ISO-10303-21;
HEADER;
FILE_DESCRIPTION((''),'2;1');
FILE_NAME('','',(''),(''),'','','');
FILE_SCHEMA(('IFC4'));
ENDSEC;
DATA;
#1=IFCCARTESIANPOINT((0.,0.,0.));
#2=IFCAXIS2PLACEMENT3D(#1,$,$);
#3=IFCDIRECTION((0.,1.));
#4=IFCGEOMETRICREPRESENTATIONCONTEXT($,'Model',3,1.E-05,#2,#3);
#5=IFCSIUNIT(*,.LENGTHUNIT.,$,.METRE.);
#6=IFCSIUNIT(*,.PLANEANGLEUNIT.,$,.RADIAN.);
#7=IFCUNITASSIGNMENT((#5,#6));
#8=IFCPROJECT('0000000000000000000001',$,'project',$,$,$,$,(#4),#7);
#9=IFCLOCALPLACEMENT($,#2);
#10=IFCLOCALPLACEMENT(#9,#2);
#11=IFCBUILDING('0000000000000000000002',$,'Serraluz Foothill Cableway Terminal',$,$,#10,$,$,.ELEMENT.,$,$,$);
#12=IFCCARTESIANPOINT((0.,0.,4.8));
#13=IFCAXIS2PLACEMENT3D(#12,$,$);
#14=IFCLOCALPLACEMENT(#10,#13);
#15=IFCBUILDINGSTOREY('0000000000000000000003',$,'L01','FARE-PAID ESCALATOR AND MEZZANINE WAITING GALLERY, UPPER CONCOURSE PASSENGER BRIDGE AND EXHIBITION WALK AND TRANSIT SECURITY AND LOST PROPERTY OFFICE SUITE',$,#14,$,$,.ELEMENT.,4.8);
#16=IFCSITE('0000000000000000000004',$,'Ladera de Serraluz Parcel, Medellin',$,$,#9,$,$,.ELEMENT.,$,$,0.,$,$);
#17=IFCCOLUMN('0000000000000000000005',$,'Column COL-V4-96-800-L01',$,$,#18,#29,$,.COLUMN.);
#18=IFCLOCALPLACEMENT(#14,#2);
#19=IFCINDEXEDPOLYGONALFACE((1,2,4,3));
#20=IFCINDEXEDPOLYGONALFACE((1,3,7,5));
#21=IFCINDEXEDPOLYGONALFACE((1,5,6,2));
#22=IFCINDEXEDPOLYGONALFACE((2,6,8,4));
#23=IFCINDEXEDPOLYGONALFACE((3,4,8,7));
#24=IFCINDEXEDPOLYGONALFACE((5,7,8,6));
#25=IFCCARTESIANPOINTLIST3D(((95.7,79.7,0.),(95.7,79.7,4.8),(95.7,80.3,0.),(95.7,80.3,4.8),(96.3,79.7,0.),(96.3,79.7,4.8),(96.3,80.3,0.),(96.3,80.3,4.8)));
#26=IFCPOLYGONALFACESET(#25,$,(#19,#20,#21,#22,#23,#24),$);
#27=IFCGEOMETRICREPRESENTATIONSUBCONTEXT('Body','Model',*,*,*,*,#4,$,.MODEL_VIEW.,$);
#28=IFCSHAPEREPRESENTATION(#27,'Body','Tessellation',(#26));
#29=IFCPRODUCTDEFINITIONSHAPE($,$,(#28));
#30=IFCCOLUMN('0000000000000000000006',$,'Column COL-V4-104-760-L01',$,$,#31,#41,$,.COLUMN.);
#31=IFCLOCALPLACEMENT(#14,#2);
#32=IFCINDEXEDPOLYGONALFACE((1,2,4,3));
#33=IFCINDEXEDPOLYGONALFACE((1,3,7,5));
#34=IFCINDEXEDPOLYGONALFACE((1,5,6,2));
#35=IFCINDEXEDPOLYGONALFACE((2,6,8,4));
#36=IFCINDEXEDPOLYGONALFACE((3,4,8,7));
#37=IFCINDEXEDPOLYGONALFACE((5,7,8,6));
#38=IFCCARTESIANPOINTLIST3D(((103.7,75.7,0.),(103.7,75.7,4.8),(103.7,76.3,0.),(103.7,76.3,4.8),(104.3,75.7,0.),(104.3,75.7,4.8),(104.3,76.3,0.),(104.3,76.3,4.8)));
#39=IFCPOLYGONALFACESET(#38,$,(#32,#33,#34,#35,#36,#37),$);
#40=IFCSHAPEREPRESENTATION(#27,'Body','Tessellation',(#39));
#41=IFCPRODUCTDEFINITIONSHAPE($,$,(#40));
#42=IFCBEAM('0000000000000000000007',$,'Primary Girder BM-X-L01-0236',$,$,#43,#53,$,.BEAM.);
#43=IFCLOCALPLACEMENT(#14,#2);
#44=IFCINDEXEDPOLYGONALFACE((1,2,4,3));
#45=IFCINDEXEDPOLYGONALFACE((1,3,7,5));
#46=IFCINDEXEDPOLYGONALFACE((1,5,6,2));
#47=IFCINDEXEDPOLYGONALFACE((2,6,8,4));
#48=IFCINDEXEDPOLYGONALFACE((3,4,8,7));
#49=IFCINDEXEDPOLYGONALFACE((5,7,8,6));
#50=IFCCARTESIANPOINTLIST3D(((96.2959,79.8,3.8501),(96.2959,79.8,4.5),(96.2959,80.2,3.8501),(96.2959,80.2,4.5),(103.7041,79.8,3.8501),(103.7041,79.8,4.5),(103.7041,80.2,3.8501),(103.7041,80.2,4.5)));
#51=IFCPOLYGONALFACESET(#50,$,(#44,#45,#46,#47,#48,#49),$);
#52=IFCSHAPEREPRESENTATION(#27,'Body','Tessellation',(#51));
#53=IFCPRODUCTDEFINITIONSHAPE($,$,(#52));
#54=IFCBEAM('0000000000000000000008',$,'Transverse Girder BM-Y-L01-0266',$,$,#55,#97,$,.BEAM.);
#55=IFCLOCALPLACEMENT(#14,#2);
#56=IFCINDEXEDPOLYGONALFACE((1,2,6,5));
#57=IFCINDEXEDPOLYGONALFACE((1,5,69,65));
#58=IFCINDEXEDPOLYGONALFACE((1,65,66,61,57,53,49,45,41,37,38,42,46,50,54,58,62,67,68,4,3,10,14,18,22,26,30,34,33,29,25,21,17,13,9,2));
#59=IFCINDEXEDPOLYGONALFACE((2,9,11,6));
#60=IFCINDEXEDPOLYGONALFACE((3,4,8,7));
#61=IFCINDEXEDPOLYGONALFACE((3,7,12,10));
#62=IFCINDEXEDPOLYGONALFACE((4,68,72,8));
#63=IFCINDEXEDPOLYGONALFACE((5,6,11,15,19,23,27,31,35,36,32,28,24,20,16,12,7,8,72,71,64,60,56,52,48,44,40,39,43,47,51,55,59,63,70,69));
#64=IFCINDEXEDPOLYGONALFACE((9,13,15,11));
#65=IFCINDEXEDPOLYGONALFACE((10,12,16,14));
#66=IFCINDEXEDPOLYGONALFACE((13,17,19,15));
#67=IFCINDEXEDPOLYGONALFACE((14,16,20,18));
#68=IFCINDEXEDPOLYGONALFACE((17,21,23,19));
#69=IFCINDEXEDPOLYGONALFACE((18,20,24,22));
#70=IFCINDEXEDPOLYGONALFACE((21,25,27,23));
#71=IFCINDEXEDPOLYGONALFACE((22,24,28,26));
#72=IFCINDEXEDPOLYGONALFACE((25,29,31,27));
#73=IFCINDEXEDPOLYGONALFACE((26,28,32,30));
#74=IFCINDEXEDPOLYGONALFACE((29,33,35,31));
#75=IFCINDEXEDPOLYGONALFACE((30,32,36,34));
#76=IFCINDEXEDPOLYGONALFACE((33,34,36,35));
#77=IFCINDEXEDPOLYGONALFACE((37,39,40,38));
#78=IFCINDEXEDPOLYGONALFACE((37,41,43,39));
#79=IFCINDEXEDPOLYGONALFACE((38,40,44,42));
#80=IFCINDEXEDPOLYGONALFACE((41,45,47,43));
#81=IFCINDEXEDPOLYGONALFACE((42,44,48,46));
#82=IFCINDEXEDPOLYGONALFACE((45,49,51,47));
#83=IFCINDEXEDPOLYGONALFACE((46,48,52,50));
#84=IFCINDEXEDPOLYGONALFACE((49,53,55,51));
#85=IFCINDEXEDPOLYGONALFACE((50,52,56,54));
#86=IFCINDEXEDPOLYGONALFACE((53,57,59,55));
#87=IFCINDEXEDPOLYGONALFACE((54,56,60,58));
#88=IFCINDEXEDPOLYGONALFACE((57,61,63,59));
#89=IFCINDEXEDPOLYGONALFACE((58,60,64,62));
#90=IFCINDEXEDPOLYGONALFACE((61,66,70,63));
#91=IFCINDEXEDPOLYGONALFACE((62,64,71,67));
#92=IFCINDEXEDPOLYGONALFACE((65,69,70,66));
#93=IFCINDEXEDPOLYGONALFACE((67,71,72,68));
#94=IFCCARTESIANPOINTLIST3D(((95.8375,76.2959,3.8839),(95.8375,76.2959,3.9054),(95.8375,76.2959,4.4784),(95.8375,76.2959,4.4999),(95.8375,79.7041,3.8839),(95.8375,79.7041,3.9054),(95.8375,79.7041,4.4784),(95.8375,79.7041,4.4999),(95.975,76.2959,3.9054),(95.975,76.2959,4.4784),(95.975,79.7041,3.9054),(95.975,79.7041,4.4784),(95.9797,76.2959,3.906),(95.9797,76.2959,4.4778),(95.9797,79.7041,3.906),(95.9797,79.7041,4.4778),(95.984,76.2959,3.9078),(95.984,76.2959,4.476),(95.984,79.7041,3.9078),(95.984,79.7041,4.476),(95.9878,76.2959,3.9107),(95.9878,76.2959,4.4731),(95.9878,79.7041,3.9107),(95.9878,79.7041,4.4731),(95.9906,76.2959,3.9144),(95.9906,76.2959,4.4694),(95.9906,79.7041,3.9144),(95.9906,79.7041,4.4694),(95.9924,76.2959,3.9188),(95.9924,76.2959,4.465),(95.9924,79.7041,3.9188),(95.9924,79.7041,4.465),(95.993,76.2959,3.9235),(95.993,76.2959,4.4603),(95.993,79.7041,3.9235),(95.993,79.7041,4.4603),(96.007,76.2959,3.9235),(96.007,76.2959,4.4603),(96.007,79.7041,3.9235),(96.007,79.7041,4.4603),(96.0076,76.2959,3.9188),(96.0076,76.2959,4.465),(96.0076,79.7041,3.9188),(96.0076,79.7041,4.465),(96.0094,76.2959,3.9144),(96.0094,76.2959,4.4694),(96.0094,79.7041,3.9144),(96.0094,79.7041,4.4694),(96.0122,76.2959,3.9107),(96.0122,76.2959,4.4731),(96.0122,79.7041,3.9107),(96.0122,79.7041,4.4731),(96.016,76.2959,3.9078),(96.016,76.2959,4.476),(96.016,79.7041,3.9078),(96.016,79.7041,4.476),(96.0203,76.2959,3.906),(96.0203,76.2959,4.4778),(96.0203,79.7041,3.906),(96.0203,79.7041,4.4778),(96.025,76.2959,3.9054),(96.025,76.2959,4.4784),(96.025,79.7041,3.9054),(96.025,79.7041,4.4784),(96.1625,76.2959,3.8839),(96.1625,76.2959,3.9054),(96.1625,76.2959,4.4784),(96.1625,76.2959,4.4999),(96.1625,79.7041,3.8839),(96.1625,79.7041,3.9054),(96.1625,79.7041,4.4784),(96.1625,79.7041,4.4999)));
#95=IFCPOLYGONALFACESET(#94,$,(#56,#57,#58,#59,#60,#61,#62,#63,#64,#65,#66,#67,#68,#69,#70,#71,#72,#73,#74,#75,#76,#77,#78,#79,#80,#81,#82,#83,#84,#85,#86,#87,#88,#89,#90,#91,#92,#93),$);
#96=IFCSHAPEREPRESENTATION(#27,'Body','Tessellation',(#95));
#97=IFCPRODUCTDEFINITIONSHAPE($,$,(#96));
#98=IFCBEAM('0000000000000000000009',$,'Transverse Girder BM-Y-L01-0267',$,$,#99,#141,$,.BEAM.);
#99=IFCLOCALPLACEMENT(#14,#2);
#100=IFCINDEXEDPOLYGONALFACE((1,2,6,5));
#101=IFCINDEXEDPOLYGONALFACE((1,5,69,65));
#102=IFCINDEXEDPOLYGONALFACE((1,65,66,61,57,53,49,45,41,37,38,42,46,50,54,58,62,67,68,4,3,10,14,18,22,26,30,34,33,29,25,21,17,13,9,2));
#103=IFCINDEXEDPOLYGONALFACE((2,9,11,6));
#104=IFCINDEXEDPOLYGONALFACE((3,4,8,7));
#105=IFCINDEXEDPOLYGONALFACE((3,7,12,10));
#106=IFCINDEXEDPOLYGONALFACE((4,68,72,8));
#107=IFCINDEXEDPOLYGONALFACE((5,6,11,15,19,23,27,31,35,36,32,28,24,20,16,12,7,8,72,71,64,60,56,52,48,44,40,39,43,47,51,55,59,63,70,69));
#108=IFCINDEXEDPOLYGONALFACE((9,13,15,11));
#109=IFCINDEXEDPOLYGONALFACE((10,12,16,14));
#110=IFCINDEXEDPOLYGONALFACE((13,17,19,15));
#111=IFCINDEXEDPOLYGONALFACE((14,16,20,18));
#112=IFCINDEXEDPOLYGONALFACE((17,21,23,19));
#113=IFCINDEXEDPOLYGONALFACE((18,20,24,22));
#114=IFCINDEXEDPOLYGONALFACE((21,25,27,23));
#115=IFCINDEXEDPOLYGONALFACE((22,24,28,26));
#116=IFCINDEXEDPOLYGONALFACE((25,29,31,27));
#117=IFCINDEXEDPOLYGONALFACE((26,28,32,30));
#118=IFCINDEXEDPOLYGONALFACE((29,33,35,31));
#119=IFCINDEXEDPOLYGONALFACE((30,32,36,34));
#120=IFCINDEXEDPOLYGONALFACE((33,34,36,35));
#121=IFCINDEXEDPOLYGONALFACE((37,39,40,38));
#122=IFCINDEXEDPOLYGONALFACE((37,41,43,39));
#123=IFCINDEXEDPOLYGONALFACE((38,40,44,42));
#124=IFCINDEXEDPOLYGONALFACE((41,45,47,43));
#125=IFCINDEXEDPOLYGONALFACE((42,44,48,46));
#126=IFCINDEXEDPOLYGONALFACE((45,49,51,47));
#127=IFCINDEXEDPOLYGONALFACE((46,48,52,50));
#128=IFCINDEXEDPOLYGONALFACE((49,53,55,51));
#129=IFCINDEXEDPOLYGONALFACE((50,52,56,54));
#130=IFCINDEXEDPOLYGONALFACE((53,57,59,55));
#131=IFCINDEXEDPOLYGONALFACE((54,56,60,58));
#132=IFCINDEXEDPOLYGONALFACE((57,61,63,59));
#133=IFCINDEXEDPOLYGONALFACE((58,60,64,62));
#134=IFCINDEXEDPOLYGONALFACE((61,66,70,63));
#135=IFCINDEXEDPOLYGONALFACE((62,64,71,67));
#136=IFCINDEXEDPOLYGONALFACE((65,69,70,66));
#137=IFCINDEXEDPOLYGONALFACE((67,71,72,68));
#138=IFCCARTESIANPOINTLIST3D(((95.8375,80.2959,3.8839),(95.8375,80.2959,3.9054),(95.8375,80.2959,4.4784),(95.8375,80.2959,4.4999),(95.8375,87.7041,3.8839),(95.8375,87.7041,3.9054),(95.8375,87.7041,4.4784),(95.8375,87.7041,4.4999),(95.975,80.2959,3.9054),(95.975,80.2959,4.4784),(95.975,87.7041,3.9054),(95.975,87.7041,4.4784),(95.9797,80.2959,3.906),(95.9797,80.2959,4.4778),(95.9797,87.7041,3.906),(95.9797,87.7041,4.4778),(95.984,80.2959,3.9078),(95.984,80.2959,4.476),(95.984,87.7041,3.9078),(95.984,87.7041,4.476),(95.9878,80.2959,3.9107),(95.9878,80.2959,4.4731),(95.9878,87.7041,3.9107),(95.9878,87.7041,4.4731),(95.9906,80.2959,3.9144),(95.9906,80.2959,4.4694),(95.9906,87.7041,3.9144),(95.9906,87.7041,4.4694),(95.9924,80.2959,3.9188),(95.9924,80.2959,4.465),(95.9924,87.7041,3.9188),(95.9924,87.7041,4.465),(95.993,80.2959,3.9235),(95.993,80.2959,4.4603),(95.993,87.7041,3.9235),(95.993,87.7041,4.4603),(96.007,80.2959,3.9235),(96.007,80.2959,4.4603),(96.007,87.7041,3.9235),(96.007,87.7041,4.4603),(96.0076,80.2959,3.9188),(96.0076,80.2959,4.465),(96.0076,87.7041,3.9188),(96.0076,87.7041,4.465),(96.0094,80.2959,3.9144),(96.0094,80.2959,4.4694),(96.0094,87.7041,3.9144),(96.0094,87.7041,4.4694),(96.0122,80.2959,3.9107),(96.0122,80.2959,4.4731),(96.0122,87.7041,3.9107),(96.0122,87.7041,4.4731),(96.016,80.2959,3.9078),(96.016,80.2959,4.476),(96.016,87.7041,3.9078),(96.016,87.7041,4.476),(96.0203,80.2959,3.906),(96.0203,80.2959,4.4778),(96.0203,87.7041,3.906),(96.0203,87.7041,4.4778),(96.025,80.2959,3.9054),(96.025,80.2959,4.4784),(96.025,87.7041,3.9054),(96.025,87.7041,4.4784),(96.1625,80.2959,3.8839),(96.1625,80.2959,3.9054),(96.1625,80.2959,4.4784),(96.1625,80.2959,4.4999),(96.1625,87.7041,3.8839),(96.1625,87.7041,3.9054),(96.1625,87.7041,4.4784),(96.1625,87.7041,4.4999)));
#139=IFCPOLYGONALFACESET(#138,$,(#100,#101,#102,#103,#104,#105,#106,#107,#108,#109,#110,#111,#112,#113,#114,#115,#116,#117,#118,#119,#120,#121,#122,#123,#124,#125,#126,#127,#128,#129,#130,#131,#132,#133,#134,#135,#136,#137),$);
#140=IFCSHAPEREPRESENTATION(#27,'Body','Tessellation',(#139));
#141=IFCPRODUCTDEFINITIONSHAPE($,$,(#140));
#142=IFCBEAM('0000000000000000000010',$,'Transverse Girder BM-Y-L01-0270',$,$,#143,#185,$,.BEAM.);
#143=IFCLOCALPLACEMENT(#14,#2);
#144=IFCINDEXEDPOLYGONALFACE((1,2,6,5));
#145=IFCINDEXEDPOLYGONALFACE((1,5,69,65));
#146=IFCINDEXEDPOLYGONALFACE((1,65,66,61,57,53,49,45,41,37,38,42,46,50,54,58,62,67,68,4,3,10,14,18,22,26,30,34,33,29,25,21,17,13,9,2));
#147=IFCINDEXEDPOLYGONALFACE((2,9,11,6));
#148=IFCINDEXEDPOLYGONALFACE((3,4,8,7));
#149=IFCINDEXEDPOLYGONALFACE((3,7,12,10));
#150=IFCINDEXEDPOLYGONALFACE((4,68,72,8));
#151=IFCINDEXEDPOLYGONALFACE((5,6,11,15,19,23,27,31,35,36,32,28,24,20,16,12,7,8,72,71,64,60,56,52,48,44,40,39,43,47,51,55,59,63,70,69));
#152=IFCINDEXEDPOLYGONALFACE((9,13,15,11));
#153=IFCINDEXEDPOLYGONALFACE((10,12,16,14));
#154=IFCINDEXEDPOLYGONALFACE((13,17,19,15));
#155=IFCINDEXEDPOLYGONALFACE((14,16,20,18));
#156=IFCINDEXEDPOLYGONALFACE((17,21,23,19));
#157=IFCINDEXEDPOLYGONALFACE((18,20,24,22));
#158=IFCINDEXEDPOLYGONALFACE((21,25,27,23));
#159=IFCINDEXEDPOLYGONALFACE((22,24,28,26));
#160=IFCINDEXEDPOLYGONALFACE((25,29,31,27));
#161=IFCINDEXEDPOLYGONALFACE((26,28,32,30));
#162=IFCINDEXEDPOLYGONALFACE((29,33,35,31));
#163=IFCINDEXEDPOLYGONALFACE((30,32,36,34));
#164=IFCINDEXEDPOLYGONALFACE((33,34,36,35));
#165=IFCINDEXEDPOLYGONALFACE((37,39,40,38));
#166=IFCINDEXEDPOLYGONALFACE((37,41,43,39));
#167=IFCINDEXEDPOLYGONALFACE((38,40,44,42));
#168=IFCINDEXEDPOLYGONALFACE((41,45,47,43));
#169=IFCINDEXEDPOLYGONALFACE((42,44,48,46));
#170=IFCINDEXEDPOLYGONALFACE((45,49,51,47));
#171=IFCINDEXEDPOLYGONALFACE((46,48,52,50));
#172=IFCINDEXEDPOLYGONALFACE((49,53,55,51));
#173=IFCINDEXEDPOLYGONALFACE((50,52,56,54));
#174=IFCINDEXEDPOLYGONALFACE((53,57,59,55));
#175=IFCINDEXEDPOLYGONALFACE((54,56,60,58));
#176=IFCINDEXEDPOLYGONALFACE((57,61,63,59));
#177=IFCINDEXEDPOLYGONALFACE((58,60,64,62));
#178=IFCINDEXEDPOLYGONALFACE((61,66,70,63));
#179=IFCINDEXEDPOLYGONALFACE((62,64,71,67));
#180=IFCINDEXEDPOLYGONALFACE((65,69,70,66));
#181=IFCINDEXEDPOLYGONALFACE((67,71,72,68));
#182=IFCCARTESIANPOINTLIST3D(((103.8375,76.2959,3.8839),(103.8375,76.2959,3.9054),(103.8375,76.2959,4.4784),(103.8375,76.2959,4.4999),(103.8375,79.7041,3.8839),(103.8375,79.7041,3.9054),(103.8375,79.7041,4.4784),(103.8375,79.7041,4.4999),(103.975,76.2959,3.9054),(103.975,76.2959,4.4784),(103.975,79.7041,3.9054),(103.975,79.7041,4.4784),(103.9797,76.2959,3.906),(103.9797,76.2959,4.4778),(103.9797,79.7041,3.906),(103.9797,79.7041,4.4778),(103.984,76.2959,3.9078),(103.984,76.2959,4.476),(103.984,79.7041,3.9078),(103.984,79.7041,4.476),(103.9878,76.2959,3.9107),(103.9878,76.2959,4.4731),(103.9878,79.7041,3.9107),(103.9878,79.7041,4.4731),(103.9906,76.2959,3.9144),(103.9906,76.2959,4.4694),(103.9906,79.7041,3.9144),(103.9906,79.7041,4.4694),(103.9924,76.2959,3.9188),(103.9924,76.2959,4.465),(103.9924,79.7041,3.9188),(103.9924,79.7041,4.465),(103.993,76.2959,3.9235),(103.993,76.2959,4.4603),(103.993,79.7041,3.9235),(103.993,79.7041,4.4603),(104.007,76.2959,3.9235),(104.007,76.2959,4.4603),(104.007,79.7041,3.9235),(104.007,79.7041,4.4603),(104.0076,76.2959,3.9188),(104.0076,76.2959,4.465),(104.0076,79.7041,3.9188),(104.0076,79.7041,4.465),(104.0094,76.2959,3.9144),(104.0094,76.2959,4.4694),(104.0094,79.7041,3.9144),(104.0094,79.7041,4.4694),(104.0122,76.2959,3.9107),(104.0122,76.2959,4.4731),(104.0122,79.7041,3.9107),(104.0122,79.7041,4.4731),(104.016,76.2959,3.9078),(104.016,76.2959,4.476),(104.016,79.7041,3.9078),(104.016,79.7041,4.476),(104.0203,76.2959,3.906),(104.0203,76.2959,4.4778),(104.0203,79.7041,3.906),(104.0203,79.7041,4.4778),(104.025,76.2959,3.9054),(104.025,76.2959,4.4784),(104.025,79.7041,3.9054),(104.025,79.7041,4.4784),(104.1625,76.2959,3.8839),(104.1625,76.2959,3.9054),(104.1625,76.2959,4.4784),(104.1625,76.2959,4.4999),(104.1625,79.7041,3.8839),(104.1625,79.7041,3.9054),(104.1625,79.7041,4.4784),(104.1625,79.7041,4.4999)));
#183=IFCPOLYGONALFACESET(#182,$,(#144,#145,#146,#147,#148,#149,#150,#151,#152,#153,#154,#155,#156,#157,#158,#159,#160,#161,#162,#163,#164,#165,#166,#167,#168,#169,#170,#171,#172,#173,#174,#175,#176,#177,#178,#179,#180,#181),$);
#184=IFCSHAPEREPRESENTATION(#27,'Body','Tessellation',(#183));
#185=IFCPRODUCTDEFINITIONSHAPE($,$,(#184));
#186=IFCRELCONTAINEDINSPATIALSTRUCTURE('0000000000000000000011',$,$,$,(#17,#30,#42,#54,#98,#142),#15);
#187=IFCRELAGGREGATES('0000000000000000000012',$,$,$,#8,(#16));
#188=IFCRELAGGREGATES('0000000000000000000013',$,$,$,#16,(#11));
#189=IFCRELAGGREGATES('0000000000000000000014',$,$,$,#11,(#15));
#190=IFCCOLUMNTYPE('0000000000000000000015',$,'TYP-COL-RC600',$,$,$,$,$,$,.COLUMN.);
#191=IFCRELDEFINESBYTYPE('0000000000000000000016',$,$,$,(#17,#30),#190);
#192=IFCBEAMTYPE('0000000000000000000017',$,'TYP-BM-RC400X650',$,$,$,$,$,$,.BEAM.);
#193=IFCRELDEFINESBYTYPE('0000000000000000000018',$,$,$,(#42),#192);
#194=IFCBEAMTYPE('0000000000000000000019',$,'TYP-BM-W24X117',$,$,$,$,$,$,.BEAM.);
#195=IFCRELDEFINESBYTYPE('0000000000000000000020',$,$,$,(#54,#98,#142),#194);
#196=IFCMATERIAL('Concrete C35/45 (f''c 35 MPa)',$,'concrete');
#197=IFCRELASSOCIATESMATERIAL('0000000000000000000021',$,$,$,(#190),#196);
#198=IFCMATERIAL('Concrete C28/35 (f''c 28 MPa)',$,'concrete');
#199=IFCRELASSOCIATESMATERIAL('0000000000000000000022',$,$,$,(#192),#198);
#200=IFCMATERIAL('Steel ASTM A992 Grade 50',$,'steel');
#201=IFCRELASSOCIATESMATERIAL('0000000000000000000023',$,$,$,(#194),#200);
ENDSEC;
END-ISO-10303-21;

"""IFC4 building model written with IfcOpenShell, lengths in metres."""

from ifc_helpers import new_model, si_unit, direction, frame, origin, origin_2d, place, context, subcontext, project, spatial, rectangle, i_section, extrude, material, material_profile, profile_set, type_object, element, save


model = new_model("IFC4")

# Units and contexts
model_context = context("Model", 3, precision=1e-05, world=origin(), true_north=direction((0.0, 1.0)))
body_context = subcontext(model_context, "Body", "Model", "MODEL_VIEW")
ifc_project = project(units=[si_unit("LENGTHUNIT", "METRE"), si_unit("PLANEANGLEUNIT", "RADIAN")], contexts=[model_context])

# Site, building, storey
site_placement = place(None, origin())
site = spatial("IfcSite", under=ifc_project, at=site_placement, Name="Ladera de Serraluz Parcel, Medellin", CompositionType="ELEMENT", RefElevation=0.0)
building_placement = place(site_placement, origin())
building = spatial("IfcBuilding", under=site, at=building_placement, Name="Serraluz Foothill Cableway Terminal", CompositionType="ELEMENT")
storey_placement = place(building_placement, frame((0.0, 0.0, 4.8)))
storey = spatial("IfcBuildingStorey", under=building, at=storey_placement, Name="L01", Description="FARE-PAID ESCALATOR AND MEZZANINE WAITING GALLERY, UPPER CONCOURSE PASSENGER BRIDGE AND EXHIBITION WALK AND TRANSIT SECURITY AND LOST PROPERTY OFFICE SUITE", CompositionType="ELEMENT", Elevation=4.8)

# Columns
ifc_material_1 = material(Name="Concrete C35/45 (f'c 35 MPa)", Category="concrete")
ifc_material_profile_1 = material_profile(ifc_material_1, rectangle(XDim=0.6001, YDim=0.6001, at=origin_2d()), Name="RC 600x600")
ifc_profile_set_1 = profile_set([ifc_material_profile_1], Name="Concrete C35/45 (f'c 35 MPa)")
column_type = type_object("IfcColumnType", Name="TYP-COL-RC600", PredefinedType="COLUMN", material=ifc_profile_set_1)
for number, where, z_axis, x_axis, name in (
    (1, (96.0, 80.0, 0.0), (0.0, 0.0, 1.0), (1.0, 0.0, 0.0), "Column COL-V4-96-800-L01"),
    (2, (104.0, 76.0, 0.0), (0.0, 0.0, 1.0), (1.0, 0.0, 0.0), "Column COL-V4-104-760-L01"),
):
    element("IfcColumn", number, at=place(storey_placement, frame(where, z_axis=z_axis, x_axis=x_axis)), inside=storey, type_object=column_type, Name=name, PredefinedType="COLUMN", context=body_context, shape_type="SweptSolid", body=[
        extrude(rectangle(XDim=0.6001, YDim=0.6001, at=origin_2d()), origin(), (0.0, 0.0, 1.0), 4.8),
    ])

# Beams
ifc_material_2 = material(Name="Concrete C28/35 (f'c 28 MPa)", Category="concrete")
ifc_material_profile_2 = material_profile(ifc_material_2, rectangle(XDim=0.3999, YDim=0.6499, at=origin_2d()), Name="RC 400x650")
ifc_profile_set_2 = profile_set([ifc_material_profile_2], Name="Concrete C28/35 (f'c 28 MPa)")
beam_type_1 = type_object("IfcBeamType", Name="TYP-BM-RC400X650", PredefinedType="BEAM", material=ifc_profile_set_2)
beam_1_placement = place(storey_placement, frame((96.2959, 80.0, 4.175), z_axis=(1.0, 0.0, 0.0), x_axis=(0.0, 1.0, 0.0)))
element("IfcBeam", 3, at=beam_1_placement, inside=storey, type_object=beam_type_1, Name="Primary Girder BM-X-L01-0236", PredefinedType="BEAM", context=body_context, shape_type="SweptSolid", body=[
    extrude(rectangle(XDim=0.3999, YDim=0.6499, at=origin_2d()), origin(), (0.0, 0.0, 1.0), 7.4082),
])
ifc_material_3 = material(Name="Steel ASTM A992 Grade 50", Category="steel")
ifc_material_profile_3 = material_profile(ifc_material_3, i_section(OverallWidth=0.325, OverallDepth=0.616, WebThickness=0.0139, FlangeThickness=0.0215, FilletRadius=0.0181, at=origin_2d()), Name="W24X117")
ifc_profile_set_3 = profile_set([ifc_material_profile_3], Name="Steel ASTM A992 Grade 50")
beam_type_2 = type_object("IfcBeamType", Name="TYP-BM-W24X117", PredefinedType="BEAM", material=ifc_profile_set_3)
beam_2_placement = place(storey_placement, frame((96.0, 76.2959, 4.1919), z_axis=(0.0, 1.0, 0.0), x_axis=(-1.0, 0.0, 0.0)))
element("IfcBeam", 4, at=beam_2_placement, inside=storey, type_object=beam_type_2, Name="Transverse Girder BM-Y-L01-0266", PredefinedType="BEAM", context=body_context, shape_type="SweptSolid", body=[
    extrude(i_section(OverallWidth=0.325, OverallDepth=0.616, WebThickness=0.0139, FlangeThickness=0.0215, FilletRadius=0.0181, at=origin_2d()), origin(), (0.0, 0.0, 1.0), 3.4082),
])
beam_3_placement = place(storey_placement, frame((96.0, 80.2959, 4.1919), z_axis=(0.0, 1.0, 0.0), x_axis=(-1.0, 0.0, 0.0)))
element("IfcBeam", 5, at=beam_3_placement, inside=storey, type_object=beam_type_2, Name="Transverse Girder BM-Y-L01-0267", PredefinedType="BEAM", context=body_context, shape_type="SweptSolid", body=[
    extrude(i_section(OverallWidth=0.325, OverallDepth=0.616, WebThickness=0.0139, FlangeThickness=0.0215, FilletRadius=0.0181, at=origin_2d()), origin(), (0.0, 0.0, 1.0), 7.4082),
])
beam_4_placement = place(storey_placement, frame((104.0, 76.2959, 4.1919), z_axis=(0.0, 1.0, 0.0), x_axis=(-1.0, 0.0, 0.0)))
element("IfcBeam", 6, at=beam_4_placement, inside=storey, type_object=beam_type_2, Name="Transverse Girder BM-Y-L01-0270", PredefinedType="BEAM", context=body_context, shape_type="SweptSolid", body=[
    extrude(i_section(OverallWidth=0.325, OverallDepth=0.616, WebThickness=0.0139, FlangeThickness=0.0215, FilletRadius=0.0181, at=origin_2d()), origin(), (0.0, 0.0, 1.0), 3.4082),
])

save(model, "model.ifc")
